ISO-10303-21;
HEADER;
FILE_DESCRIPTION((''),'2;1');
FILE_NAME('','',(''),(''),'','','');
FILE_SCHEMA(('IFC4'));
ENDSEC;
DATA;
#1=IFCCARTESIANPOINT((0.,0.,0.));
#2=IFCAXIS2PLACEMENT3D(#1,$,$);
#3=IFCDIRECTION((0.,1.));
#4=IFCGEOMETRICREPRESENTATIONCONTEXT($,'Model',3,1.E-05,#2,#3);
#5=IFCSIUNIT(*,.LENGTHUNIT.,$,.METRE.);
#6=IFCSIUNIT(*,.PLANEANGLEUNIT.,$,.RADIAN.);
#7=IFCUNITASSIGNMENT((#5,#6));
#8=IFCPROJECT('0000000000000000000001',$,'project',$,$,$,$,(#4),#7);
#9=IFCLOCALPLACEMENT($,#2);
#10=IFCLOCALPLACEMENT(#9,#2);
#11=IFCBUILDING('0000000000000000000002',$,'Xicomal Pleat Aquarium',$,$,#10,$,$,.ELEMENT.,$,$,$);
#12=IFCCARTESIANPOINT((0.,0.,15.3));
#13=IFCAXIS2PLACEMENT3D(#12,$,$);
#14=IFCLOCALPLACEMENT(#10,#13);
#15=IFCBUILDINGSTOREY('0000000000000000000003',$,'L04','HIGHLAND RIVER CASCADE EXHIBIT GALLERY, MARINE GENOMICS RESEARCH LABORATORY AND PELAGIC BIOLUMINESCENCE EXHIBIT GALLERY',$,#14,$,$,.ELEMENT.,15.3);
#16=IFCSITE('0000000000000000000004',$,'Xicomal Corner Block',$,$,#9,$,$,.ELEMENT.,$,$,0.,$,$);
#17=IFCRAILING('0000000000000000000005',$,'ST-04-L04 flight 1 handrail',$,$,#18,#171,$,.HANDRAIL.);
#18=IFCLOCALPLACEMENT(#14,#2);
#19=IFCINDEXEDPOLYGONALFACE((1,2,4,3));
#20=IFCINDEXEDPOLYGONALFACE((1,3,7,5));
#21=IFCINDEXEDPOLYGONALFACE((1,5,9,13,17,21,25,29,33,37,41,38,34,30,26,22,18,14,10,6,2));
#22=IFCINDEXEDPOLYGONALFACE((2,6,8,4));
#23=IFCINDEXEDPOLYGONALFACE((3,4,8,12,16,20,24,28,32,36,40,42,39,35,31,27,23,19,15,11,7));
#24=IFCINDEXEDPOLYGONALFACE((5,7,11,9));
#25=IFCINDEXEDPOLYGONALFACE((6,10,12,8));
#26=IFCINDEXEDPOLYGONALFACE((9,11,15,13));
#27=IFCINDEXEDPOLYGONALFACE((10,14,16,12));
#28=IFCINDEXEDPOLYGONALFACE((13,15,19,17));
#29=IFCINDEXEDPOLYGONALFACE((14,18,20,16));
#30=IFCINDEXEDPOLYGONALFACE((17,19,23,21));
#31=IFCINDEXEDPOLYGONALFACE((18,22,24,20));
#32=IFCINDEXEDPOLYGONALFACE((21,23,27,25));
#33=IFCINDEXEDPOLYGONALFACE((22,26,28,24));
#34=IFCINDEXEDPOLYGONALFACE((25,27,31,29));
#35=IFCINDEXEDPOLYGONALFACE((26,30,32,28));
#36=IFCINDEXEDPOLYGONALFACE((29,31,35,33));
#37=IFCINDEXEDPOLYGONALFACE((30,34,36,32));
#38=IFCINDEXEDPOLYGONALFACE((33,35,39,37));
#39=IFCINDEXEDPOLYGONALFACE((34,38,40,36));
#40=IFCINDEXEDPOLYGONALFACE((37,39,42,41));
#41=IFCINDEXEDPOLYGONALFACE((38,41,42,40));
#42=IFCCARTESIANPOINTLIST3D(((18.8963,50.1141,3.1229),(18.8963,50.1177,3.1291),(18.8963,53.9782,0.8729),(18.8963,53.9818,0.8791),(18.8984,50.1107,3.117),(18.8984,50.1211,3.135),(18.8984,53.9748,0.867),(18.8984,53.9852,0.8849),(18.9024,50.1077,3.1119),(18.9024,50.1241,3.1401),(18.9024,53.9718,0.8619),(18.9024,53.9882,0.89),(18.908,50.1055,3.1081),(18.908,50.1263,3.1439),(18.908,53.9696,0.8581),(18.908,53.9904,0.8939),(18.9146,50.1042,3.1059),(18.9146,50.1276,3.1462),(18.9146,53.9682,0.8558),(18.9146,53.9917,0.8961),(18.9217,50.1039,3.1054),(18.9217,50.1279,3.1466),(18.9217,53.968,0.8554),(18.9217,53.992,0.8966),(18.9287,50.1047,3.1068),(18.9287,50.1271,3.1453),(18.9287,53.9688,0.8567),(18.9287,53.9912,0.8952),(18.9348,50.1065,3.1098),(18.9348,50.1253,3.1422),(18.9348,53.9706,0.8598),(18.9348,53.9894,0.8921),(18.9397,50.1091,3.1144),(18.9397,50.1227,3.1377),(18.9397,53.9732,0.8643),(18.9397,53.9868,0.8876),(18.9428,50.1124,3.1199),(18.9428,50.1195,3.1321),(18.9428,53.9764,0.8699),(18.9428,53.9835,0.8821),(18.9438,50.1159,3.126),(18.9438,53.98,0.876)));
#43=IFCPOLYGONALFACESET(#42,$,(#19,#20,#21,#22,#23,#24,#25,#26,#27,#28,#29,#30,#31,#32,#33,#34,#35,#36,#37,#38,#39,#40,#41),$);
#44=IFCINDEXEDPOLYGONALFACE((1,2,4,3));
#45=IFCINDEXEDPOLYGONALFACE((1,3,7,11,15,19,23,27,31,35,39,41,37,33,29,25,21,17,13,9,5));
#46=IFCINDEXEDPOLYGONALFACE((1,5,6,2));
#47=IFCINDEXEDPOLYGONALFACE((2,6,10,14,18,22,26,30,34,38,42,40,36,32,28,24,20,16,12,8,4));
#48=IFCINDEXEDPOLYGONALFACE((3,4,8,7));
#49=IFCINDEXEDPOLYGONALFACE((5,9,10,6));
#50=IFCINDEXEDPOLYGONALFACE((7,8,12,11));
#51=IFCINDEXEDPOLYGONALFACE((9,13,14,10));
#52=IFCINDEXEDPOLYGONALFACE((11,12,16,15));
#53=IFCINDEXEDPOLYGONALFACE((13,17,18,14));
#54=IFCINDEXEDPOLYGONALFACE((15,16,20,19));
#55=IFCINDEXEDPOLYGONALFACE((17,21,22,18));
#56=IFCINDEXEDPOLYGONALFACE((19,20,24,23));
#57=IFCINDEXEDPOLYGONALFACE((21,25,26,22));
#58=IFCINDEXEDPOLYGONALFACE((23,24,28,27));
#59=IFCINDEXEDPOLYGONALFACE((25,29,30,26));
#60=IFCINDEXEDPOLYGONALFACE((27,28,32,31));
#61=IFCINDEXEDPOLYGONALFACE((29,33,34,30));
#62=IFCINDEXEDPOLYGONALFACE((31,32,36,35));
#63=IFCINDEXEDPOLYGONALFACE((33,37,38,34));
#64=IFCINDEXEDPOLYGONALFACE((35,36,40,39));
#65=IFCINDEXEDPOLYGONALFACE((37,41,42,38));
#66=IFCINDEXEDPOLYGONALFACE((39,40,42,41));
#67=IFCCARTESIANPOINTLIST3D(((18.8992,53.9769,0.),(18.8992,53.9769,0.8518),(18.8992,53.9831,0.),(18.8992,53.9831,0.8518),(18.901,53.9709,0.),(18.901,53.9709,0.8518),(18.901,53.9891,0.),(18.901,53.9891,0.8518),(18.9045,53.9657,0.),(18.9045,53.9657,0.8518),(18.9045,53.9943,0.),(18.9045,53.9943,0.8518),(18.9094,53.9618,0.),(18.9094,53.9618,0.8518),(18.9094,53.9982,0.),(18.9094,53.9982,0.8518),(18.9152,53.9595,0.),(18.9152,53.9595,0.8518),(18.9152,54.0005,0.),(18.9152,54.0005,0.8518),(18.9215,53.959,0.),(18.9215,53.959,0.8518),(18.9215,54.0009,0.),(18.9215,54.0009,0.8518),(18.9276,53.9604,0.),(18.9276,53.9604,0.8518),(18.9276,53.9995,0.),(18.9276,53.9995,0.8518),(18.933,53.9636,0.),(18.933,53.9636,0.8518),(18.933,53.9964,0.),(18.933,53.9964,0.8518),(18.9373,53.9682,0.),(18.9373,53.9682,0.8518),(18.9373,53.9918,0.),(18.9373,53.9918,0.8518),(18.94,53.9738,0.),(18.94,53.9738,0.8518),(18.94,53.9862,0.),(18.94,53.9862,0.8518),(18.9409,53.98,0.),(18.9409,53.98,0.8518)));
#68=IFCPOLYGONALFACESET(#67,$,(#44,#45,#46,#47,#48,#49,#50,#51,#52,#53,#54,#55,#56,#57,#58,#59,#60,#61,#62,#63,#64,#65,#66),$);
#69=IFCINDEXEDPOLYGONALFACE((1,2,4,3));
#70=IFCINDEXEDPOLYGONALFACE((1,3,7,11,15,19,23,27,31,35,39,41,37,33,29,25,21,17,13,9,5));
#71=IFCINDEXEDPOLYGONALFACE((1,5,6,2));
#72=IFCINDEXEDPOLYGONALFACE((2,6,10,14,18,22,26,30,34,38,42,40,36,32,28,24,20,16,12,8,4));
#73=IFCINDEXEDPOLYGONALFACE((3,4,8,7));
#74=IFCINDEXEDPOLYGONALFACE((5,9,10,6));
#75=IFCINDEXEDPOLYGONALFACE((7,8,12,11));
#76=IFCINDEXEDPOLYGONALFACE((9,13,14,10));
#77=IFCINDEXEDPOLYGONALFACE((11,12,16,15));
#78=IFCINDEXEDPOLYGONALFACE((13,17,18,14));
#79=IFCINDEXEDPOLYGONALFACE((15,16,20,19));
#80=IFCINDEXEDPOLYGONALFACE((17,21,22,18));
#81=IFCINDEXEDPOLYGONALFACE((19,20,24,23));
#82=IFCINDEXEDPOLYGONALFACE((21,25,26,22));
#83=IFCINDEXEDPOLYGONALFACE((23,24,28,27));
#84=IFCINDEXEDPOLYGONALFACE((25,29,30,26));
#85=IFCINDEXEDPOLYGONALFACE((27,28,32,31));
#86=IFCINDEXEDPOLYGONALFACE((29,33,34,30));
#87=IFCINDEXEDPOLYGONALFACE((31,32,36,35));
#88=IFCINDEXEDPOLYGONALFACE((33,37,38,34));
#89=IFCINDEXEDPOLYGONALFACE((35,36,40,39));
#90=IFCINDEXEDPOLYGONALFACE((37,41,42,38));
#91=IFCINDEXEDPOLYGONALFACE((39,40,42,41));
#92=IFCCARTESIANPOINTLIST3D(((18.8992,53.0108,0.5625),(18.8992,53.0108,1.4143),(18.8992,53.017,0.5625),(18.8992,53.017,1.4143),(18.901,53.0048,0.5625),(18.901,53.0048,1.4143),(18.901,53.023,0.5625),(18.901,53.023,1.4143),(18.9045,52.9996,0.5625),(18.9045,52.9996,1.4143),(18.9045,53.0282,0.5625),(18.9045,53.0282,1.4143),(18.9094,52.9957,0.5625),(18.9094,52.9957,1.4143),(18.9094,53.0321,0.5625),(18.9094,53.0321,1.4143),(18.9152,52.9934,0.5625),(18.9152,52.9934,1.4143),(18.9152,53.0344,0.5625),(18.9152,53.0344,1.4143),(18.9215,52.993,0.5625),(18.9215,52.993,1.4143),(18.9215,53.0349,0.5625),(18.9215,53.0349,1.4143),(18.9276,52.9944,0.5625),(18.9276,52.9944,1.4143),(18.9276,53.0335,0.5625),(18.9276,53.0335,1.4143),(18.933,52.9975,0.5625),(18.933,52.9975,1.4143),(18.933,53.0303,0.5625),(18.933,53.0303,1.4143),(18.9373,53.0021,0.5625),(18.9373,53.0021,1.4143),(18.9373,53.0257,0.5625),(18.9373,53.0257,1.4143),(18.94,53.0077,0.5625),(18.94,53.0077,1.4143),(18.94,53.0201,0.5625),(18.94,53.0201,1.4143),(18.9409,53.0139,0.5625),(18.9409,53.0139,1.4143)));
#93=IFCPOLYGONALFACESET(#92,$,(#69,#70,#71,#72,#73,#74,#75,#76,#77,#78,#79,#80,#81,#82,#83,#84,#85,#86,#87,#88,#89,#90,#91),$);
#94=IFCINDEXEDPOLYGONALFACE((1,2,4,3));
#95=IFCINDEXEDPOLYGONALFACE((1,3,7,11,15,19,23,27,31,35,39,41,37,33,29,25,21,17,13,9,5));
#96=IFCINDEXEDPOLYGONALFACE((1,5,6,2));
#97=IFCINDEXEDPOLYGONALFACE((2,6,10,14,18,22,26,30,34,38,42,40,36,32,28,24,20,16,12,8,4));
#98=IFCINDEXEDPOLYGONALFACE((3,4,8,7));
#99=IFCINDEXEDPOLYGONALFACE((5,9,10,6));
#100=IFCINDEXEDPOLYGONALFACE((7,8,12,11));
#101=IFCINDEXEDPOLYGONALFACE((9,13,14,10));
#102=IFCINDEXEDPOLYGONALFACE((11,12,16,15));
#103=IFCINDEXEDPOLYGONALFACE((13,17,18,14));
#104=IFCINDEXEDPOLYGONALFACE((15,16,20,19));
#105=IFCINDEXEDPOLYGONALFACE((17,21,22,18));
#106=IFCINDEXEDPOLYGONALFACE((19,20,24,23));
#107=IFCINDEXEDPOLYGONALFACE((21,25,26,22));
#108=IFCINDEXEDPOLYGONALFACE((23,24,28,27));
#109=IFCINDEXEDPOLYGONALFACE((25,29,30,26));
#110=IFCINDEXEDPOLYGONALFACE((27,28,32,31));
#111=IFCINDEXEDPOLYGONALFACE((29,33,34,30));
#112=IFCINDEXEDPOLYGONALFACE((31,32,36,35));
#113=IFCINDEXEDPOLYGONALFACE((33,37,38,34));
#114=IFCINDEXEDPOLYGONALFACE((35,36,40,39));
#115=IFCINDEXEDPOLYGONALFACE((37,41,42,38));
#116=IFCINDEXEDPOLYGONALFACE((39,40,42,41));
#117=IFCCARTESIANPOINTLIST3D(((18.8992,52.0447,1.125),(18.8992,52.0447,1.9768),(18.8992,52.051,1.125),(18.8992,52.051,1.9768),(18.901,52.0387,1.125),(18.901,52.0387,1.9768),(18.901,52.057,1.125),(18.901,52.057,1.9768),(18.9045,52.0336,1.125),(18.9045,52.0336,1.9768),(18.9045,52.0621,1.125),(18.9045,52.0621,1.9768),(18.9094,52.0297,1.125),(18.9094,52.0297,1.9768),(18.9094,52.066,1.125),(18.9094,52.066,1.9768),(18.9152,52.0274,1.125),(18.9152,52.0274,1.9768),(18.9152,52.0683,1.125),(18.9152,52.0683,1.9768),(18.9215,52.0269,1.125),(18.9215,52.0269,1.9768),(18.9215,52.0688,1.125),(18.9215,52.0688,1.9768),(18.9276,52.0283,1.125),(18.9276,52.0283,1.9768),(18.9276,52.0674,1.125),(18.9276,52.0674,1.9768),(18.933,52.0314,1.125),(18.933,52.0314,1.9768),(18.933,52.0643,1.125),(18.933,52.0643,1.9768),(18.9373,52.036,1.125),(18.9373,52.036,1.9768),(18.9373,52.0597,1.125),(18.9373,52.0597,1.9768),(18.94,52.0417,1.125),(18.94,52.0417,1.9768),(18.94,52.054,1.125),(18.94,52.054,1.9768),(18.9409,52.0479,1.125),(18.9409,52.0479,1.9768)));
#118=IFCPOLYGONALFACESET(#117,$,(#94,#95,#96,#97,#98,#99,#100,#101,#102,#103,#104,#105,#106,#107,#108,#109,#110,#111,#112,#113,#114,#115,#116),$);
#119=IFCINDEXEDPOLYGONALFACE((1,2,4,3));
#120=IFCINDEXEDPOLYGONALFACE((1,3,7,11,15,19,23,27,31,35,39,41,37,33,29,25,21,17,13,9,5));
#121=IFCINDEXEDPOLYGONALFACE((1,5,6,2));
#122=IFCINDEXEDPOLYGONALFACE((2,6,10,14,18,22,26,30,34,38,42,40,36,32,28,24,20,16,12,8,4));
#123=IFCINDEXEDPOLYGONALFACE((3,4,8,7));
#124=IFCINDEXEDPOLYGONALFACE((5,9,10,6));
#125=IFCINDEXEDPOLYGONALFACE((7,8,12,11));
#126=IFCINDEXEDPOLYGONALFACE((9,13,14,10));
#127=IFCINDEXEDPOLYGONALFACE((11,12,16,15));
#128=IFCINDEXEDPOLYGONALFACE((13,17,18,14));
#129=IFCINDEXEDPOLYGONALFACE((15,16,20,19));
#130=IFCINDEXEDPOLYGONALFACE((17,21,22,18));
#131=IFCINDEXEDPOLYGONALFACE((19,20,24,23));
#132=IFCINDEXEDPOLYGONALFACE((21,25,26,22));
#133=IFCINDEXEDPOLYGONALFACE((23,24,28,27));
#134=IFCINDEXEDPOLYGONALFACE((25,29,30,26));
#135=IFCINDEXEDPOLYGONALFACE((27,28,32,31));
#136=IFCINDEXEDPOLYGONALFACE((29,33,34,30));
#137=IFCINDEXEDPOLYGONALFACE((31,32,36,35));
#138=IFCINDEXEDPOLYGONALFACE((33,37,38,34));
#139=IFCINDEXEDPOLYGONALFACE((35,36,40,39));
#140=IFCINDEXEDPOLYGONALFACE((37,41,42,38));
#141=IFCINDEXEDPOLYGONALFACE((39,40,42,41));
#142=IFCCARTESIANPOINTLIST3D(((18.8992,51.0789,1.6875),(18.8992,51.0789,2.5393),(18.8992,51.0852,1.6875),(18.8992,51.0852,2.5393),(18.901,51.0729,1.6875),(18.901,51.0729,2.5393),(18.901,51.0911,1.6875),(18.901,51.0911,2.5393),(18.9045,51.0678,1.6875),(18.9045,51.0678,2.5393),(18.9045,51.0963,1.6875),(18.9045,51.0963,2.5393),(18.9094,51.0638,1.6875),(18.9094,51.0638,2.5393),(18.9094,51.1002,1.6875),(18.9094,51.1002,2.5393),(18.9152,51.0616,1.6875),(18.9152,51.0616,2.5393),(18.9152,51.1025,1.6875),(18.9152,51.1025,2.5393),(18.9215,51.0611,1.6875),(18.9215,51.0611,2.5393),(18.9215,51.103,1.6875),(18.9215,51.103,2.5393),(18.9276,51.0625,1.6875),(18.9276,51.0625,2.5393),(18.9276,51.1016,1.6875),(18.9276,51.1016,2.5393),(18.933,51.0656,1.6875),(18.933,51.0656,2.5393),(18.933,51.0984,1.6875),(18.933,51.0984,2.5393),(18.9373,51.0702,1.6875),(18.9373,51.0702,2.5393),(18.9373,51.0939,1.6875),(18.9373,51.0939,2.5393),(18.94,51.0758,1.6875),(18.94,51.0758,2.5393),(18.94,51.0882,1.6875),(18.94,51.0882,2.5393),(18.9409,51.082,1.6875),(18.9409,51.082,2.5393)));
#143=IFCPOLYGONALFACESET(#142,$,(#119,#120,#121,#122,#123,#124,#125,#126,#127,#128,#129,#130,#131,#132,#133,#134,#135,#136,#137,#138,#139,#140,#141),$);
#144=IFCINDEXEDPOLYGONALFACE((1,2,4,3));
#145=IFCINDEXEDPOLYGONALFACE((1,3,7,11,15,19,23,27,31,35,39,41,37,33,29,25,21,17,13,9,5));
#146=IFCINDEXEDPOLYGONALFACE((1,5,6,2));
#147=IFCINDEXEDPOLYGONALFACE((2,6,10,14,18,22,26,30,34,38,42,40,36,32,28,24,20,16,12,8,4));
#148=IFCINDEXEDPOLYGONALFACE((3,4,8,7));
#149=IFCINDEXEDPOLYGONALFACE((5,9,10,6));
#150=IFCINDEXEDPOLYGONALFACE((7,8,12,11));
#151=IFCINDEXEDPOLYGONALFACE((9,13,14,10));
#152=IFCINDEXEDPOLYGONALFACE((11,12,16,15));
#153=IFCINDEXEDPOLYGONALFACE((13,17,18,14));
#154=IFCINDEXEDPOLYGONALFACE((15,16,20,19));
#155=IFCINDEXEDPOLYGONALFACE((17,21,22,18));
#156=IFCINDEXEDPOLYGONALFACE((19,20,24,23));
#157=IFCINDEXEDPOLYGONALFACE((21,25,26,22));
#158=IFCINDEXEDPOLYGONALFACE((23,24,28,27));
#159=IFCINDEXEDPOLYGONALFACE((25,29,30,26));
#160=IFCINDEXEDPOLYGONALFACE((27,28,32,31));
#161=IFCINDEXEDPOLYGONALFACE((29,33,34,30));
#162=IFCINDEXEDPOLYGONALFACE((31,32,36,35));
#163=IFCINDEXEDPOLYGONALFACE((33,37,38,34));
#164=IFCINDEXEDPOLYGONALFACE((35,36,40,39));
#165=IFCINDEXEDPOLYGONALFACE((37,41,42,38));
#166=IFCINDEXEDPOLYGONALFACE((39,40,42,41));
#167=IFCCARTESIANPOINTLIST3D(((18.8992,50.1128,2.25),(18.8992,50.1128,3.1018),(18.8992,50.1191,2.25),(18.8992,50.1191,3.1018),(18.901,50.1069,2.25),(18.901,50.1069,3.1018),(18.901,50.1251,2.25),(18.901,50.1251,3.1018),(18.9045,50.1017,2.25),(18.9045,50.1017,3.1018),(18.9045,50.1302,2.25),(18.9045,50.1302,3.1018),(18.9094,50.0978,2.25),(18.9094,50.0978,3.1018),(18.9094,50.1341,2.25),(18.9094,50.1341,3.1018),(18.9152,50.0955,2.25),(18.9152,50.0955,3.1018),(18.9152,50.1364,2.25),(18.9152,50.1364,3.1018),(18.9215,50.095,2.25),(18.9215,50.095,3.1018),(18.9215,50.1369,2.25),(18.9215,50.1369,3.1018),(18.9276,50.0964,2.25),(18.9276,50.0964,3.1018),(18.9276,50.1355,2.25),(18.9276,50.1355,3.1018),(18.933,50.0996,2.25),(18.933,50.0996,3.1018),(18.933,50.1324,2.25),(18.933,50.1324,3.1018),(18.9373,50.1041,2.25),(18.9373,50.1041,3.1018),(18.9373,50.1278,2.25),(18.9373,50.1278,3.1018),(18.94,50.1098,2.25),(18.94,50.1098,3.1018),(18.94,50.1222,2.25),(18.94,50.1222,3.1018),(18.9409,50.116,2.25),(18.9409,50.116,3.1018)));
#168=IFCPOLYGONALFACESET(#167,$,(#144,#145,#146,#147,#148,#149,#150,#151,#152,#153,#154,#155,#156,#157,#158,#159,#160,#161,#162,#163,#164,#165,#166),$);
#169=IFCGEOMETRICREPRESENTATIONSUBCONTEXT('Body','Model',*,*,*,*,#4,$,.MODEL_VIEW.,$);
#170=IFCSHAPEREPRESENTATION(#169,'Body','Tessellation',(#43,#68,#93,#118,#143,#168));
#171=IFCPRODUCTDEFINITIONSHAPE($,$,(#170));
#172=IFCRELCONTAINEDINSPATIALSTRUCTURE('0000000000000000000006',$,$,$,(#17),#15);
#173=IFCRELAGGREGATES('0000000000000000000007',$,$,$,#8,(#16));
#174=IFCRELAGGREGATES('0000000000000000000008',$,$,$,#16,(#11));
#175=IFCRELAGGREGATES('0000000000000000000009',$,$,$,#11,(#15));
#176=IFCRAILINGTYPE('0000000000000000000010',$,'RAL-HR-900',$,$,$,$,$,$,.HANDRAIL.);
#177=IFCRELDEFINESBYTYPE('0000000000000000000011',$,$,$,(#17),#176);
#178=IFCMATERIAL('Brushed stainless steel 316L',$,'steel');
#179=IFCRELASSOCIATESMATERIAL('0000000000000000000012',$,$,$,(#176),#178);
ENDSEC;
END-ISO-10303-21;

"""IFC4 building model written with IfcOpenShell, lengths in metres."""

from ifc_helpers import new_model, si_unit, direction, frame, origin, origin_2d, place, context, subcontext, project, spatial, circle, extrude, material, type_object, element, save


model = new_model("IFC4")

# Units and contexts
model_context = context("Model", 3, precision=1e-05, world=origin(), true_north=direction((0.0, 1.0)))
body_context = subcontext(model_context, "Body", "Model", "MODEL_VIEW")
ifc_project = project(units=[si_unit("LENGTHUNIT", "METRE"), si_unit("PLANEANGLEUNIT", "RADIAN")], contexts=[model_context])

# Site, building, storey
site_placement = place(None, origin())
site = spatial("IfcSite", under=ifc_project, at=site_placement, Name="Xicomal Corner Block", CompositionType="ELEMENT", RefElevation=0.0)
building_placement = place(site_placement, origin())
building = spatial("IfcBuilding", under=site, at=building_placement, Name="Xicomal Pleat Aquarium", CompositionType="ELEMENT")
storey_placement = place(building_placement, frame((0.0, 0.0, 15.3)))
storey = spatial("IfcBuildingStorey", under=building, at=storey_placement, Name="L04", Description="HIGHLAND RIVER CASCADE EXHIBIT GALLERY, MARINE GENOMICS RESEARCH LABORATORY AND PELAGIC BIOLUMINESCENCE EXHIBIT GALLERY", CompositionType="ELEMENT", Elevation=15.3)

# Railing
ifc_material_1 = material(Name="Brushed stainless steel 316L", Category="steel")
railing_type_1 = type_object("IfcRailingType", Name="RAL-HR-900", PredefinedType="HANDRAIL", material=ifc_material_1)
railing_1_placement = place(storey_placement, frame((18.9199, 53.98, 0.0)))
element("IfcRailing", 1, at=railing_1_placement, inside=storey, type_object=railing_type_1, Name="ST-04-L04 flight 1 handrail", PredefinedType="HANDRAIL", context=body_context, shape_type="SweptSolid", body=[
    extrude(circle(Radius=0.0239, at=origin_2d()), frame((0.0, 0.0, 0.876), z_axis=(0.0, -0.864169, 0.503202), x_axis=(1.0, 0.0, 0.0)), (0.0, 0.0, 1.0), 4.4714),
    extrude(circle(Radius=0.021, at=origin_2d()), origin(), (0.0, 0.0, 1.0), 0.8518),
    extrude(circle(Radius=0.021, at=origin_2d()), frame((0.0, -0.9661, 0.5625)), (0.0, 0.0, 1.0), 0.8518),
    extrude(circle(Radius=0.021, at=origin_2d()), frame((0.0, -1.9321, 1.125)), (0.0, 0.0, 1.0), 0.8518),
    extrude(circle(Radius=0.021, at=origin_2d()), frame((0.0, -2.8979, 1.6875)), (0.0, 0.0, 1.0), 0.8518),
    extrude(circle(Radius=0.021, at=origin_2d()), frame((0.0, -3.864, 2.25)), (0.0, 0.0, 1.0), 0.8518),
])

save(model, "model.ifc")
